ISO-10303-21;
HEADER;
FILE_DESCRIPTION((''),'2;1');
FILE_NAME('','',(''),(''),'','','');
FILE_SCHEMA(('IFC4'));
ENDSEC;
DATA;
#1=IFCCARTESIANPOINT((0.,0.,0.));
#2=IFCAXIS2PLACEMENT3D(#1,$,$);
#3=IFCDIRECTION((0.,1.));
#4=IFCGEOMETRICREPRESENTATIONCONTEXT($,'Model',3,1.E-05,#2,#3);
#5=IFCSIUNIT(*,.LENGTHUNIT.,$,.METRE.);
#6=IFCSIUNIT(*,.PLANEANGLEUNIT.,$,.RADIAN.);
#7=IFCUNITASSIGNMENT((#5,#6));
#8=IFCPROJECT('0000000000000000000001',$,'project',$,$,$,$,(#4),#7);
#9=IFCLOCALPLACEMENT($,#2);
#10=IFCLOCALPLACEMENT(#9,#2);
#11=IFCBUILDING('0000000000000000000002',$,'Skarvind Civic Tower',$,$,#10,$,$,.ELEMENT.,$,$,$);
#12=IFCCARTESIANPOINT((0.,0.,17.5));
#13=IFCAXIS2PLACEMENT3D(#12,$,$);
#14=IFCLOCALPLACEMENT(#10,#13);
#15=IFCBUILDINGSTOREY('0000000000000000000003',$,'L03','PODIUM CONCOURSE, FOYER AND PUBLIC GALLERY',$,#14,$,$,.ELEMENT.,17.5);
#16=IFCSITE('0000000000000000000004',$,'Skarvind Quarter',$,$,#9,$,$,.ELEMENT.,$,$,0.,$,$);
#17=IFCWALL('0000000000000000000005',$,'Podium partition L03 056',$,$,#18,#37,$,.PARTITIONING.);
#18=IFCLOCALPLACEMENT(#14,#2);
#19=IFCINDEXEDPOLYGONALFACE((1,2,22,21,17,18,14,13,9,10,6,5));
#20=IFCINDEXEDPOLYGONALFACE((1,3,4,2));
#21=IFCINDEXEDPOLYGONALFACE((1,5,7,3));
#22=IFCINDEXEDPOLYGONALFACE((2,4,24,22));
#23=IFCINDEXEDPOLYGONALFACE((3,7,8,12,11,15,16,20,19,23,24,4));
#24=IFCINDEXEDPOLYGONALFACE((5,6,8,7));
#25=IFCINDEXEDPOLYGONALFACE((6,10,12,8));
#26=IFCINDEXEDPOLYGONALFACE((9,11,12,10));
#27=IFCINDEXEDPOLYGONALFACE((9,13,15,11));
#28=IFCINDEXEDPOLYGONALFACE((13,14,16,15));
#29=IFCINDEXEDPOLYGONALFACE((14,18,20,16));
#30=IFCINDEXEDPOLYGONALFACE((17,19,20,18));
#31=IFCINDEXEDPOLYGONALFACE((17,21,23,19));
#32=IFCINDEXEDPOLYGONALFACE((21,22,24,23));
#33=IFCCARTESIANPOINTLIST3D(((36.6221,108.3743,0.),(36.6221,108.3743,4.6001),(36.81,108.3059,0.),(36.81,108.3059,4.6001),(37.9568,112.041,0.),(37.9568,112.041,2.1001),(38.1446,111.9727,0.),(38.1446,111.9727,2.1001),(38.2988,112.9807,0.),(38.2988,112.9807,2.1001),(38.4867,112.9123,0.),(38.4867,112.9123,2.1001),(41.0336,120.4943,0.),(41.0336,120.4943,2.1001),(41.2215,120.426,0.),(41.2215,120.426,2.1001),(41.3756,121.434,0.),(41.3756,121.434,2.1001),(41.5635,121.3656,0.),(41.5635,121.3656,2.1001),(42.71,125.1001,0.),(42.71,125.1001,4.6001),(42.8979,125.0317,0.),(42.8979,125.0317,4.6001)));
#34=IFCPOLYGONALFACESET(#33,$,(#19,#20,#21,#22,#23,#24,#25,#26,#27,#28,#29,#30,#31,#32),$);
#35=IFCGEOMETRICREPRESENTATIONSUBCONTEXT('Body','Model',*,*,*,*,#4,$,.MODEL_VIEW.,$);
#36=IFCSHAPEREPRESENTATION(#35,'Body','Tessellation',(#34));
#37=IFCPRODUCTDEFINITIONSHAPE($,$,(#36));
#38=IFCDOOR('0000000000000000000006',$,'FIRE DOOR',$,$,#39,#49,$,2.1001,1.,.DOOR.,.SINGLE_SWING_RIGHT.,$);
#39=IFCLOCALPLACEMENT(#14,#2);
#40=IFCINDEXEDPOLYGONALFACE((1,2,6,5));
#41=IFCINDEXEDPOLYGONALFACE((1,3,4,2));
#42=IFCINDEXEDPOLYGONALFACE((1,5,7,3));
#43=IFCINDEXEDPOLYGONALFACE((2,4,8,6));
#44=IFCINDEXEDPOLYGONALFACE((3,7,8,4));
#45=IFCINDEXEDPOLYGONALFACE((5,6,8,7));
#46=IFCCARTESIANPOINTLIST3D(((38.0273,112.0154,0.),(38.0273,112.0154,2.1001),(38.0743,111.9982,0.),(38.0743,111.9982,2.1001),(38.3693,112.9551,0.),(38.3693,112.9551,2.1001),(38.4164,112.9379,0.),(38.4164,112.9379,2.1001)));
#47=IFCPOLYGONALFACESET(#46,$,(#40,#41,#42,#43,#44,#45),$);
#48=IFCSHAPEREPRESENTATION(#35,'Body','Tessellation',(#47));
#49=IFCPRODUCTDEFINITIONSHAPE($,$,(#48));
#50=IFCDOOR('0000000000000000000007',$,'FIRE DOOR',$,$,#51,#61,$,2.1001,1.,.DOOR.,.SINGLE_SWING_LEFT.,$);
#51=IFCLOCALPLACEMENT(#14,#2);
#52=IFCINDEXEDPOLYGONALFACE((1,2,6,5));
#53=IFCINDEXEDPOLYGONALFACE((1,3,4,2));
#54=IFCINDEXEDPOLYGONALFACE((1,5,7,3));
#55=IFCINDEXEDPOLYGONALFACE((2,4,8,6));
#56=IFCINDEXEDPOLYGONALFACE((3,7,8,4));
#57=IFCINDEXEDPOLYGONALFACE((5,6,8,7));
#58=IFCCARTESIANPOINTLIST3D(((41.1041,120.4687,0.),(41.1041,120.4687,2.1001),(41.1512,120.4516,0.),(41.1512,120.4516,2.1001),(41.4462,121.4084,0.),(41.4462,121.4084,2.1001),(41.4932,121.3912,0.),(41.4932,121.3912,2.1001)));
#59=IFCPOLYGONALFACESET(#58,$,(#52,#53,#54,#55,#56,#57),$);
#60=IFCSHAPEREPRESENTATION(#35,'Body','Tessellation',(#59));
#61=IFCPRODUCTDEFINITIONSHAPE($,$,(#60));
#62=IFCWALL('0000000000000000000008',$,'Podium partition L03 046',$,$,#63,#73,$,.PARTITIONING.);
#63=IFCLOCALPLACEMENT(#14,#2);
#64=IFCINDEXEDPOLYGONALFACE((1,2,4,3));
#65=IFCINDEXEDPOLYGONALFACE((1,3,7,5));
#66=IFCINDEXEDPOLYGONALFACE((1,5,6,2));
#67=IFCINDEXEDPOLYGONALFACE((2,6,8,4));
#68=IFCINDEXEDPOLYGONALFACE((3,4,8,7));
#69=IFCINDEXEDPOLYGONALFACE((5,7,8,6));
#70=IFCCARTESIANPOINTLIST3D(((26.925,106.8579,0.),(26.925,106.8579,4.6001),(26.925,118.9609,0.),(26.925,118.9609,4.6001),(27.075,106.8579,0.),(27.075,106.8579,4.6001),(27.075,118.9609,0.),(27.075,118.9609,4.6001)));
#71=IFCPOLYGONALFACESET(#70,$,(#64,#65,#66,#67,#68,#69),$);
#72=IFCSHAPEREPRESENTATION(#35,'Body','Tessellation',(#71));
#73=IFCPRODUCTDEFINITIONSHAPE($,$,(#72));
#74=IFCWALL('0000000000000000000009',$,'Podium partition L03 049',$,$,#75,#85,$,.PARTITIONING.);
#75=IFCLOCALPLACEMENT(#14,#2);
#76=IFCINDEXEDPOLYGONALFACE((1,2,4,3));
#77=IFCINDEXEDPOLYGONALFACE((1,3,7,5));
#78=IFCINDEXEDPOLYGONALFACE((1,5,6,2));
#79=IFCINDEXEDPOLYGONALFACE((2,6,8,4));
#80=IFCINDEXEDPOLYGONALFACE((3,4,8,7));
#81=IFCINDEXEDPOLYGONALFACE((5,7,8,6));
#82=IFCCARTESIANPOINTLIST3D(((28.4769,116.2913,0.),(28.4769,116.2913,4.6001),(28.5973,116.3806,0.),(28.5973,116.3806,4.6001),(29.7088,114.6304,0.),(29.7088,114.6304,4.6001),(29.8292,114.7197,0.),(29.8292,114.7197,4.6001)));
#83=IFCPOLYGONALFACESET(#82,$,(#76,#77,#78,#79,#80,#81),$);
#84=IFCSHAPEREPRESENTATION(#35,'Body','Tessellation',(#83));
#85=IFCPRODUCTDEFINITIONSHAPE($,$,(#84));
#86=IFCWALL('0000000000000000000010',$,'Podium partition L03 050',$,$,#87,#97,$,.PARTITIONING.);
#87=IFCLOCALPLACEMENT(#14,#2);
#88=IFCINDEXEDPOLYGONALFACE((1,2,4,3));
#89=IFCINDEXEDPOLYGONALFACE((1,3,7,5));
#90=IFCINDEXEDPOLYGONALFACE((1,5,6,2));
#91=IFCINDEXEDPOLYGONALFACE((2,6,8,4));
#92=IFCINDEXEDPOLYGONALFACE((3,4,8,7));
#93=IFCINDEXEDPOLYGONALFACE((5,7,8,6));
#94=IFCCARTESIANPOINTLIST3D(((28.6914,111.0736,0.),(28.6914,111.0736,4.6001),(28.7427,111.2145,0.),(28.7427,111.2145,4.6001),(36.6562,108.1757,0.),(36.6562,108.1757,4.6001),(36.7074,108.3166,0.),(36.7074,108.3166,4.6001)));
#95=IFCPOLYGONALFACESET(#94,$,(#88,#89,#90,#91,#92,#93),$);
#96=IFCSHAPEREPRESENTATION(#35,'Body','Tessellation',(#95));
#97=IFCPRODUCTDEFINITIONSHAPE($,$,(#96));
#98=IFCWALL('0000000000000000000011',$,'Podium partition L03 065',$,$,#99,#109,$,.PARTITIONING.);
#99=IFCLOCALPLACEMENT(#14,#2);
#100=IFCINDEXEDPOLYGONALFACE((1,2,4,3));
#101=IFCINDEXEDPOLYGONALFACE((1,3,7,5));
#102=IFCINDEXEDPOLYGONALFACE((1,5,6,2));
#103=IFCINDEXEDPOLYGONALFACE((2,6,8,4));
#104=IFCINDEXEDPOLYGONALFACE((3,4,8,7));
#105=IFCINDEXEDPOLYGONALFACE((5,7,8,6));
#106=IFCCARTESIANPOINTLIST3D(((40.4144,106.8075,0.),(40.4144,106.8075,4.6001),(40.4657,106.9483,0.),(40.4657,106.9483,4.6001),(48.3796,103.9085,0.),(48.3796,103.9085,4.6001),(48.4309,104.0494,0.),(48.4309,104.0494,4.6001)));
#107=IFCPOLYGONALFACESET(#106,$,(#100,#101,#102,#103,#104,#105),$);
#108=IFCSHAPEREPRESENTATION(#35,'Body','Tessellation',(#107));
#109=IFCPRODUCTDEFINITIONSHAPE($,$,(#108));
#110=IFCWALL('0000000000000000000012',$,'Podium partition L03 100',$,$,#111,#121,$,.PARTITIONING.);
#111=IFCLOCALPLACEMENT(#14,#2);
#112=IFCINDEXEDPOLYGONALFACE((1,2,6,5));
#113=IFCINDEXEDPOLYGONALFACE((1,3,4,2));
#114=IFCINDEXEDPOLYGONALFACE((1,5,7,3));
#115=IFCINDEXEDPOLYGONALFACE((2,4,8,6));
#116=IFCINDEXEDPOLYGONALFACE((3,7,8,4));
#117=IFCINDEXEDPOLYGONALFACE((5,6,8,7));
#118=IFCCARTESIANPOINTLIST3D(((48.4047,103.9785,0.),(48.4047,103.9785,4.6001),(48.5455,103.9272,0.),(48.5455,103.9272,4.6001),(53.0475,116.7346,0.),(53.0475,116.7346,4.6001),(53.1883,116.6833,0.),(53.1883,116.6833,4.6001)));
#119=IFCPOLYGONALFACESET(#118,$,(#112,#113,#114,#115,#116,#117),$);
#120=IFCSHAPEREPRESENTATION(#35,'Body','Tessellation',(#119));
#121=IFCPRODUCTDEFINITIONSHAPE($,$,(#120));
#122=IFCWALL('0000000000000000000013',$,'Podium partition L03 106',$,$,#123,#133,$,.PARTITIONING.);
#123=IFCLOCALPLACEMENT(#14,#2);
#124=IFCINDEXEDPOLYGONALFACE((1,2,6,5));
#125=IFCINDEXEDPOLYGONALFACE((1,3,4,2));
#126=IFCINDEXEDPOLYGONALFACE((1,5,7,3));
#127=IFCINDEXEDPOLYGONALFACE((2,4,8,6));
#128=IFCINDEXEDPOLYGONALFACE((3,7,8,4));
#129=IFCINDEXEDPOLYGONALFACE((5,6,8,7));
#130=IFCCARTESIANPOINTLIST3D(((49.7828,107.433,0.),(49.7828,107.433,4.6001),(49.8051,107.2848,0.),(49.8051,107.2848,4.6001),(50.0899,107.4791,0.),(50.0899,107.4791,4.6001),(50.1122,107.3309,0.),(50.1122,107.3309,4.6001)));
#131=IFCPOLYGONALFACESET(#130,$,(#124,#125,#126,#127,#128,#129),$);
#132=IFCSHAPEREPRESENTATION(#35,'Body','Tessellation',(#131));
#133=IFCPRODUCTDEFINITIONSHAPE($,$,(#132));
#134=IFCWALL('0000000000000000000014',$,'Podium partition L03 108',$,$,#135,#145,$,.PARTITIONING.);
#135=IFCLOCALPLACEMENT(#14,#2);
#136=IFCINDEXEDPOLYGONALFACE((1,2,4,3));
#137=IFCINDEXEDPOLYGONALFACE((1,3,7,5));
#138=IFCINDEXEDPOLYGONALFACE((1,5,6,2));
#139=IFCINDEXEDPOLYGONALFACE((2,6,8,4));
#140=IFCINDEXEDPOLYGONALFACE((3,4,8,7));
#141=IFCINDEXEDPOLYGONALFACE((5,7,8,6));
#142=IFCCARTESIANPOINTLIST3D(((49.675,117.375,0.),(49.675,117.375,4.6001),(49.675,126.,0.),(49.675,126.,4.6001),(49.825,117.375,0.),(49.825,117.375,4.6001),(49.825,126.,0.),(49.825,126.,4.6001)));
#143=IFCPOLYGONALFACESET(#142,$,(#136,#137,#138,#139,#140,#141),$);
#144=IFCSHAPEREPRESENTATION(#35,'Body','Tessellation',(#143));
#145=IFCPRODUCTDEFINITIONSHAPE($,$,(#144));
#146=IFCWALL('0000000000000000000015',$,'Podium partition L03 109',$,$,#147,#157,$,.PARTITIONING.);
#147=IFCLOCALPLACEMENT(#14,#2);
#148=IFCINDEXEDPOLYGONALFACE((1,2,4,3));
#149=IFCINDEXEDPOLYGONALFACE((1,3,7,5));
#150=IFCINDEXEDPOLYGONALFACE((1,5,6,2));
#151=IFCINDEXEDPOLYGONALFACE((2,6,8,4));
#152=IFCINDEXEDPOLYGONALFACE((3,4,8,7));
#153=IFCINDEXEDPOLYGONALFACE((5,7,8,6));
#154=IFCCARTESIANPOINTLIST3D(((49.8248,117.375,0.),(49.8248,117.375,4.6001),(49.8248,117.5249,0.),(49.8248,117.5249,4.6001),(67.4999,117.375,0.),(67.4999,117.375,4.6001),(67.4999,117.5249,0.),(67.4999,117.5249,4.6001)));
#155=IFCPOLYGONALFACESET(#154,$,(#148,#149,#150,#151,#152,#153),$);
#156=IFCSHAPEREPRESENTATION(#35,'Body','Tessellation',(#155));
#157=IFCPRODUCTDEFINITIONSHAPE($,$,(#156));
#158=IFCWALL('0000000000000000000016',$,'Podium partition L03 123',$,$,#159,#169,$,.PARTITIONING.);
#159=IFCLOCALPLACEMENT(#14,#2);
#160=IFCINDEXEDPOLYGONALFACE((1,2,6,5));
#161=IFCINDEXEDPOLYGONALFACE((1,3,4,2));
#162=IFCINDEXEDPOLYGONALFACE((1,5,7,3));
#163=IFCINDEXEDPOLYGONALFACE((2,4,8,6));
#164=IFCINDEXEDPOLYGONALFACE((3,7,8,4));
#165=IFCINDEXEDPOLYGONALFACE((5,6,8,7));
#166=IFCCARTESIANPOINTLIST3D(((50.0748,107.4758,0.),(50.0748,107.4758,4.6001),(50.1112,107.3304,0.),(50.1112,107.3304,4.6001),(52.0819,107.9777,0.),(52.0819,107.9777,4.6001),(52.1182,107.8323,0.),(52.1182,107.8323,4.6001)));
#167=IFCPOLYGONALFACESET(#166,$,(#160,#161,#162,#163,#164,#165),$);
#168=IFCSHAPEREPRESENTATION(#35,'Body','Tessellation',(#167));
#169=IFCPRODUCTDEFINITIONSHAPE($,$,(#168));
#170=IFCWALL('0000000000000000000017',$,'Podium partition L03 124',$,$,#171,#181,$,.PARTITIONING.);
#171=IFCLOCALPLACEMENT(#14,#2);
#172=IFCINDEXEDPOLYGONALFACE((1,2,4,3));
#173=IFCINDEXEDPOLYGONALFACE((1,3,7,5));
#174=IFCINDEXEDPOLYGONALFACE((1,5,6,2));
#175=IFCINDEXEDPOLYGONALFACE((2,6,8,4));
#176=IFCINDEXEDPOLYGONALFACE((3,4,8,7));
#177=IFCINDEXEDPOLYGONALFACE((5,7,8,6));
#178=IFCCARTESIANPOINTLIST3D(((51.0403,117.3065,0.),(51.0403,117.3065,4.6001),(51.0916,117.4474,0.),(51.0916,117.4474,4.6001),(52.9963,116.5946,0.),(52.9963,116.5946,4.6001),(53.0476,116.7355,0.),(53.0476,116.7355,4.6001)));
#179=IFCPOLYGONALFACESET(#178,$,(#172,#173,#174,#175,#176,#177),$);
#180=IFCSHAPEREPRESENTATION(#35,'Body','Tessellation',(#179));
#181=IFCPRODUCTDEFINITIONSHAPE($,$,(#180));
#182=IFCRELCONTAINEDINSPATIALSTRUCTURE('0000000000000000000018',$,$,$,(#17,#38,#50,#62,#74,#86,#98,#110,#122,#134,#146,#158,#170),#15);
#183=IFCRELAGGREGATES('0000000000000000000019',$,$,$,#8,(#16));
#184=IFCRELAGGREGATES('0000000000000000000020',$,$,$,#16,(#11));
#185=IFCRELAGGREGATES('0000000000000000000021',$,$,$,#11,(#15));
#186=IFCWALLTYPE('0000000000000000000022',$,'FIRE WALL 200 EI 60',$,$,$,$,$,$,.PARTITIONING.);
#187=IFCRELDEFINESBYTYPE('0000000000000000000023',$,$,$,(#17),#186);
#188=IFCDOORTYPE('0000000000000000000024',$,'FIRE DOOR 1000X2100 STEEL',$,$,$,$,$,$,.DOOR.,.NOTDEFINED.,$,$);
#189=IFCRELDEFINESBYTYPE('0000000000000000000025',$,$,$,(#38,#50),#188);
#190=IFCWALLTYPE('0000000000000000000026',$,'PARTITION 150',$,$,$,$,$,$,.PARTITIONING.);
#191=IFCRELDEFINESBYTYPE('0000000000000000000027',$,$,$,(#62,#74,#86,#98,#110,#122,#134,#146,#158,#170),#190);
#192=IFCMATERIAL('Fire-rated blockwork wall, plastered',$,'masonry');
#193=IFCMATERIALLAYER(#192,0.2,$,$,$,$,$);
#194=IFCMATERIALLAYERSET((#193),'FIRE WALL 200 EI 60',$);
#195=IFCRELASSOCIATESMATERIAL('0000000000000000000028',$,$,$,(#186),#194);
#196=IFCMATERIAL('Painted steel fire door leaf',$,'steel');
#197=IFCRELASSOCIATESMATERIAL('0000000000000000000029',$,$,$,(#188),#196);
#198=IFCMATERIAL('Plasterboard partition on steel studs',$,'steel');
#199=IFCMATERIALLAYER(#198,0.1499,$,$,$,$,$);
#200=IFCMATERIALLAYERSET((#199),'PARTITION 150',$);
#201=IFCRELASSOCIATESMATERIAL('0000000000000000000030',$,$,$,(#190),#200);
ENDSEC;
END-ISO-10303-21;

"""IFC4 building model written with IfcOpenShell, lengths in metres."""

from ifc_helpers import new_model, si_unit, direction, frame, frame_2d, origin, place, context, subcontext, project, spatial, rectangle, extrude, material, layer, layer_set, type_object, element, fill, save


model = new_model("IFC4")

# Units and contexts
model_context = context("Model", 3, precision=1e-05, world=origin(), true_north=direction((0.0, 1.0)))
body_context = subcontext(model_context, "Body", "Model", "MODEL_VIEW")
ifc_project = project(units=[si_unit("LENGTHUNIT", "METRE"), si_unit("PLANEANGLEUNIT", "RADIAN")], contexts=[model_context])

# Site, building, storey
site_placement = place(None, origin())
site = spatial("IfcSite", under=ifc_project, at=site_placement, Name="Skarvind Quarter", CompositionType="ELEMENT", RefElevation=0.0)
building_placement = place(site_placement, origin())
building = spatial("IfcBuilding", under=site, at=building_placement, Name="Skarvind Civic Tower", CompositionType="ELEMENT")
storey_placement = place(building_placement, frame((0.0, 0.0, 17.5)))
storey = spatial("IfcBuildingStorey", under=building, at=storey_placement, Name="L03", Description="PODIUM CONCOURSE, FOYER AND PUBLIC GALLERY", CompositionType="ELEMENT", Elevation=17.5)

# Shared definitions
ifc_material_1 = material(Name="Fire-rated blockwork wall, plastered", Category="masonry")
ifc_layer_1 = layer(ifc_material_1, 0.2)
ifc_layer_set_1 = layer_set([ifc_layer_1], Name="FIRE WALL 200 EI 60")
wall_type_1 = type_object("IfcWallType", Name="FIRE WALL 200 EI 60", PredefinedType="PARTITIONING", material=ifc_layer_set_1)
ifc_material_2 = material(Name="Painted steel fire door leaf", Category="steel")

# Wall, openings, doors
wall_1_placement = place(storey_placement, frame((36.7161, 108.3401, 0.0), z_axis=(0.0, 0.0, 1.0), x_axis=(0.342029, 0.939689, 0.0)))
wall_1 = element("IfcWall", 1, at=wall_1_placement, inside=storey, type_object=wall_type_1, Name="Podium partition L03 056", PredefinedType="PARTITIONING", context=body_context, shape_type="SweptSolid", body=[
    extrude(rectangle(XDim=17.7993, YDim=0.2, at=frame_2d((8.8997, 0.0))), origin(), (0.0, 0.0, 1.0), 4.6001),
])
opening_1_placement = place(wall_1_placement, frame((3.9021, 0.0, 0.0)))
opening_1 = element("IfcOpeningElement", 2, at=opening_1_placement, cuts=wall_1, PredefinedType="OPENING", context=body_context, shape_type="SweptSolid", body=[
    extrude(rectangle(XDim=1.0, YDim=2.1001, at=frame_2d((0.5, 1.05))), frame((0.0, 0.1099, 0.0), z_axis=(0.0, -1.0, 0.0), x_axis=(1.0, 0.0, 0.0)), (0.0, 0.0, 1.0), 0.22),
])
opening_2_placement = place(wall_1_placement, frame((12.8979, 0.0, 0.0)))
opening_2 = element("IfcOpeningElement", 3, at=opening_2_placement, cuts=wall_1, PredefinedType="OPENING", context=body_context, shape_type="SweptSolid", body=[
    extrude(rectangle(XDim=1.0, YDim=2.1001, at=frame_2d((0.5, 1.05))), frame((0.0, 0.1099, 0.0), z_axis=(0.0, -1.0, 0.0), x_axis=(1.0, 0.0, 0.0)), (0.0, 0.0, 1.0), 0.22),
])
door_type_1 = type_object("IfcDoorType", Name="FIRE DOOR 1000X2100 STEEL", OperationType="NOTDEFINED", PredefinedType="DOOR", material=ifc_material_2)
door_1_placement = place(opening_1_placement, origin())
door_1 = element("IfcDoor", 4, at=door_1_placement, inside=storey, type_object=door_type_1, Name="FIRE DOOR", OperationType="SINGLE_SWING_RIGHT", OverallHeight=2.1001, OverallWidth=1.0, PredefinedType="DOOR", context=body_context, shape_type="SweptSolid", body=[
    extrude(rectangle(XDim=1.0, YDim=2.1001, at=frame_2d((0.5, 1.05))), frame((0.0, 0.0249, 0.0), z_axis=(0.0, -1.0, 0.0), x_axis=(1.0, 0.0, 0.0)), (0.0, 0.0, 1.0), 0.05),
])
fill(opening_1, door_1)
door_2_placement = place(opening_2_placement, origin())
door_2 = element("IfcDoor", 5, at=door_2_placement, inside=storey, type_object=door_type_1, Name="FIRE DOOR", OperationType="SINGLE_SWING_LEFT", OverallHeight=2.1001, OverallWidth=1.0, PredefinedType="DOOR", context=body_context, shape_type="SweptSolid", body=[
    extrude(rectangle(XDim=1.0, YDim=2.1001, at=frame_2d((0.5, 1.05))), frame((0.0, 0.0249, 0.0), z_axis=(0.0, -1.0, 0.0), x_axis=(1.0, 0.0, 0.0)), (0.0, 0.0, 1.0), 0.05),
])
fill(opening_2, door_2)

# Walls
ifc_material_3 = material(Name="Plasterboard partition on steel studs", Category="steel")
ifc_layer_2 = layer(ifc_material_3, 0.1499)
ifc_layer_set_2 = layer_set([ifc_layer_2], Name="PARTITION 150")
wall_type_2 = type_object("IfcWallType", Name="PARTITION 150", PredefinedType="PARTITIONING", material=ifc_layer_set_2)
wall_2_placement = place(storey_placement, frame((27.0, 106.8579, 0.0), z_axis=(0.0, 0.0, 1.0), x_axis=(0.0, 1.0, 0.0)))
element("IfcWall", 6, at=wall_2_placement, inside=storey, type_object=wall_type_2, Name="Podium partition L03 046", PredefinedType="PARTITIONING", context=body_context, shape_type="SweptSolid", body=[
    extrude(rectangle(XDim=12.103, YDim=0.1499, at=frame_2d((6.0515, 0.0))), origin(), (0.0, 0.0, 1.0), 4.6001),
])
wall_3_placement = place(storey_placement, frame((28.5371, 116.3359, 0.0), z_axis=(0.0, 0.0, 1.0), x_axis=(0.595741, -0.803176, 0.0)))
element("IfcWall", 7, at=wall_3_placement, inside=storey, type_object=wall_type_2, Name="Podium partition L03 049", PredefinedType="PARTITIONING", context=body_context, shape_type="SweptSolid", body=[
    extrude(rectangle(XDim=2.0679, YDim=0.1499, at=frame_2d((1.0339, 0.0))), origin(), (0.0, 0.0, 1.0), 4.6001),
])
wall_4_placement = place(storey_placement, frame((28.717, 111.144, 0.0), z_axis=(0.0, 0.0, 1.0), x_axis=(0.939731, -0.341914, 0.0)))
element("IfcWall", 8, at=wall_4_placement, inside=storey, type_object=wall_type_2, Name="Podium partition L03 050", PredefinedType="PARTITIONING", context=body_context, shape_type="SweptSolid", body=[
    extrude(rectangle(XDim=8.4756, YDim=0.1499, at=frame_2d((4.2378, 0.0))), origin(), (0.0, 0.0, 1.0), 4.6001),
])
wall_5_placement = place(storey_placement, frame((40.4399, 106.8779, 0.0), z_axis=(0.0, 0.0, 1.0), x_axis=(0.939698, -0.342007, 0.0)))
element("IfcWall", 9, at=wall_5_placement, inside=storey, type_object=wall_type_2, Name="Podium partition L03 065", PredefinedType="PARTITIONING", context=body_context, shape_type="SweptSolid", body=[
    extrude(rectangle(XDim=8.4763, YDim=0.1499, at=frame_2d((4.2383, 0.0))), origin(), (0.0, 0.0, 1.0), 4.6001),
])
wall_6_placement = place(storey_placement, frame((48.4751, 103.9529, 0.0), z_axis=(0.0, 0.0, 1.0), x_axis=(0.342019, 0.939693, 0.0)))
element("IfcWall", 10, at=wall_6_placement, inside=storey, type_object=wall_type_2, Name="Podium partition L03 100", PredefinedType="PARTITIONING", context=body_context, shape_type="SweptSolid", body=[
    extrude(rectangle(XDim=13.5747, YDim=0.1499, at=frame_2d((6.7874, 0.0))), origin(), (0.0, 0.0, 1.0), 4.6001),
])
wall_7_placement = place(storey_placement, frame((49.7939, 107.3589, 0.0), z_axis=(0.0, 0.0, 1.0), x_axis=(0.988902, 0.148571, 0.0)))
element("IfcWall", 11, at=wall_7_placement, inside=storey, type_object=wall_type_2, Name="Podium partition L03 106", PredefinedType="PARTITIONING", context=body_context, shape_type="SweptSolid", body=[
    extrude(rectangle(XDim=0.3105, YDim=0.1499, at=frame_2d((0.1553, 0.0))), origin(), (0.0, 0.0, 1.0), 4.6001),
])
wall_8_placement = place(storey_placement, frame((49.75, 117.375, 0.0), z_axis=(0.0, 0.0, 1.0), x_axis=(0.0, 1.0, 0.0)))
element("IfcWall", 12, at=wall_8_placement, inside=storey, type_object=wall_type_2, Name="Podium partition L03 108", PredefinedType="PARTITIONING", context=body_context, shape_type="SweptSolid", body=[
    extrude(rectangle(XDim=8.625, YDim=0.1499, at=frame_2d((4.3125, 0.0))), origin(), (0.0, 0.0, 1.0), 4.6001),
])
wall_9_placement = place(storey_placement, frame((49.825, 117.45, 0.0), z_axis=(0.0, 0.0, 1.0), x_axis=(1.0, 0.0, 0.0)))
element("IfcWall", 13, at=wall_9_placement, inside=storey, type_object=wall_type_2, Name="Podium partition L03 109", PredefinedType="PARTITIONING", context=body_context, shape_type="SweptSolid", body=[
    extrude(rectangle(XDim=17.675, YDim=0.1499, at=frame_2d((8.8374, 0.0))), origin(), (0.0, 0.0, 1.0), 4.6001),
])
wall_10_placement = place(storey_placement, frame((50.093, 107.4031, 0.0), z_axis=(0.0, 0.0, 1.0), x_axis=(0.970122, 0.242619, 0.0)))
element("IfcWall", 14, at=wall_10_placement, inside=storey, type_object=wall_type_2, Name="Podium partition L03 123", PredefinedType="PARTITIONING", context=body_context, shape_type="SweptSolid", body=[
    extrude(rectangle(XDim=2.0688, YDim=0.1499, at=frame_2d((1.0344, 0.0))), origin(), (0.0, 0.0, 1.0), 4.6001),
])
wall_11_placement = place(storey_placement, frame((51.0659, 117.377, 0.0), z_axis=(0.0, 0.0, 1.0), x_axis=(0.939698, -0.342007, 0.0)))
element("IfcWall", 15, at=wall_11_placement, inside=storey, type_object=wall_type_2, Name="Podium partition L03 124", PredefinedType="PARTITIONING", context=body_context, shape_type="SweptSolid", body=[
    extrude(rectangle(XDim=2.0815, YDim=0.1499, at=frame_2d((1.0408, 0.0))), origin(), (0.0, 0.0, 1.0), 4.6001),
])

save(model, "model.ifc")
